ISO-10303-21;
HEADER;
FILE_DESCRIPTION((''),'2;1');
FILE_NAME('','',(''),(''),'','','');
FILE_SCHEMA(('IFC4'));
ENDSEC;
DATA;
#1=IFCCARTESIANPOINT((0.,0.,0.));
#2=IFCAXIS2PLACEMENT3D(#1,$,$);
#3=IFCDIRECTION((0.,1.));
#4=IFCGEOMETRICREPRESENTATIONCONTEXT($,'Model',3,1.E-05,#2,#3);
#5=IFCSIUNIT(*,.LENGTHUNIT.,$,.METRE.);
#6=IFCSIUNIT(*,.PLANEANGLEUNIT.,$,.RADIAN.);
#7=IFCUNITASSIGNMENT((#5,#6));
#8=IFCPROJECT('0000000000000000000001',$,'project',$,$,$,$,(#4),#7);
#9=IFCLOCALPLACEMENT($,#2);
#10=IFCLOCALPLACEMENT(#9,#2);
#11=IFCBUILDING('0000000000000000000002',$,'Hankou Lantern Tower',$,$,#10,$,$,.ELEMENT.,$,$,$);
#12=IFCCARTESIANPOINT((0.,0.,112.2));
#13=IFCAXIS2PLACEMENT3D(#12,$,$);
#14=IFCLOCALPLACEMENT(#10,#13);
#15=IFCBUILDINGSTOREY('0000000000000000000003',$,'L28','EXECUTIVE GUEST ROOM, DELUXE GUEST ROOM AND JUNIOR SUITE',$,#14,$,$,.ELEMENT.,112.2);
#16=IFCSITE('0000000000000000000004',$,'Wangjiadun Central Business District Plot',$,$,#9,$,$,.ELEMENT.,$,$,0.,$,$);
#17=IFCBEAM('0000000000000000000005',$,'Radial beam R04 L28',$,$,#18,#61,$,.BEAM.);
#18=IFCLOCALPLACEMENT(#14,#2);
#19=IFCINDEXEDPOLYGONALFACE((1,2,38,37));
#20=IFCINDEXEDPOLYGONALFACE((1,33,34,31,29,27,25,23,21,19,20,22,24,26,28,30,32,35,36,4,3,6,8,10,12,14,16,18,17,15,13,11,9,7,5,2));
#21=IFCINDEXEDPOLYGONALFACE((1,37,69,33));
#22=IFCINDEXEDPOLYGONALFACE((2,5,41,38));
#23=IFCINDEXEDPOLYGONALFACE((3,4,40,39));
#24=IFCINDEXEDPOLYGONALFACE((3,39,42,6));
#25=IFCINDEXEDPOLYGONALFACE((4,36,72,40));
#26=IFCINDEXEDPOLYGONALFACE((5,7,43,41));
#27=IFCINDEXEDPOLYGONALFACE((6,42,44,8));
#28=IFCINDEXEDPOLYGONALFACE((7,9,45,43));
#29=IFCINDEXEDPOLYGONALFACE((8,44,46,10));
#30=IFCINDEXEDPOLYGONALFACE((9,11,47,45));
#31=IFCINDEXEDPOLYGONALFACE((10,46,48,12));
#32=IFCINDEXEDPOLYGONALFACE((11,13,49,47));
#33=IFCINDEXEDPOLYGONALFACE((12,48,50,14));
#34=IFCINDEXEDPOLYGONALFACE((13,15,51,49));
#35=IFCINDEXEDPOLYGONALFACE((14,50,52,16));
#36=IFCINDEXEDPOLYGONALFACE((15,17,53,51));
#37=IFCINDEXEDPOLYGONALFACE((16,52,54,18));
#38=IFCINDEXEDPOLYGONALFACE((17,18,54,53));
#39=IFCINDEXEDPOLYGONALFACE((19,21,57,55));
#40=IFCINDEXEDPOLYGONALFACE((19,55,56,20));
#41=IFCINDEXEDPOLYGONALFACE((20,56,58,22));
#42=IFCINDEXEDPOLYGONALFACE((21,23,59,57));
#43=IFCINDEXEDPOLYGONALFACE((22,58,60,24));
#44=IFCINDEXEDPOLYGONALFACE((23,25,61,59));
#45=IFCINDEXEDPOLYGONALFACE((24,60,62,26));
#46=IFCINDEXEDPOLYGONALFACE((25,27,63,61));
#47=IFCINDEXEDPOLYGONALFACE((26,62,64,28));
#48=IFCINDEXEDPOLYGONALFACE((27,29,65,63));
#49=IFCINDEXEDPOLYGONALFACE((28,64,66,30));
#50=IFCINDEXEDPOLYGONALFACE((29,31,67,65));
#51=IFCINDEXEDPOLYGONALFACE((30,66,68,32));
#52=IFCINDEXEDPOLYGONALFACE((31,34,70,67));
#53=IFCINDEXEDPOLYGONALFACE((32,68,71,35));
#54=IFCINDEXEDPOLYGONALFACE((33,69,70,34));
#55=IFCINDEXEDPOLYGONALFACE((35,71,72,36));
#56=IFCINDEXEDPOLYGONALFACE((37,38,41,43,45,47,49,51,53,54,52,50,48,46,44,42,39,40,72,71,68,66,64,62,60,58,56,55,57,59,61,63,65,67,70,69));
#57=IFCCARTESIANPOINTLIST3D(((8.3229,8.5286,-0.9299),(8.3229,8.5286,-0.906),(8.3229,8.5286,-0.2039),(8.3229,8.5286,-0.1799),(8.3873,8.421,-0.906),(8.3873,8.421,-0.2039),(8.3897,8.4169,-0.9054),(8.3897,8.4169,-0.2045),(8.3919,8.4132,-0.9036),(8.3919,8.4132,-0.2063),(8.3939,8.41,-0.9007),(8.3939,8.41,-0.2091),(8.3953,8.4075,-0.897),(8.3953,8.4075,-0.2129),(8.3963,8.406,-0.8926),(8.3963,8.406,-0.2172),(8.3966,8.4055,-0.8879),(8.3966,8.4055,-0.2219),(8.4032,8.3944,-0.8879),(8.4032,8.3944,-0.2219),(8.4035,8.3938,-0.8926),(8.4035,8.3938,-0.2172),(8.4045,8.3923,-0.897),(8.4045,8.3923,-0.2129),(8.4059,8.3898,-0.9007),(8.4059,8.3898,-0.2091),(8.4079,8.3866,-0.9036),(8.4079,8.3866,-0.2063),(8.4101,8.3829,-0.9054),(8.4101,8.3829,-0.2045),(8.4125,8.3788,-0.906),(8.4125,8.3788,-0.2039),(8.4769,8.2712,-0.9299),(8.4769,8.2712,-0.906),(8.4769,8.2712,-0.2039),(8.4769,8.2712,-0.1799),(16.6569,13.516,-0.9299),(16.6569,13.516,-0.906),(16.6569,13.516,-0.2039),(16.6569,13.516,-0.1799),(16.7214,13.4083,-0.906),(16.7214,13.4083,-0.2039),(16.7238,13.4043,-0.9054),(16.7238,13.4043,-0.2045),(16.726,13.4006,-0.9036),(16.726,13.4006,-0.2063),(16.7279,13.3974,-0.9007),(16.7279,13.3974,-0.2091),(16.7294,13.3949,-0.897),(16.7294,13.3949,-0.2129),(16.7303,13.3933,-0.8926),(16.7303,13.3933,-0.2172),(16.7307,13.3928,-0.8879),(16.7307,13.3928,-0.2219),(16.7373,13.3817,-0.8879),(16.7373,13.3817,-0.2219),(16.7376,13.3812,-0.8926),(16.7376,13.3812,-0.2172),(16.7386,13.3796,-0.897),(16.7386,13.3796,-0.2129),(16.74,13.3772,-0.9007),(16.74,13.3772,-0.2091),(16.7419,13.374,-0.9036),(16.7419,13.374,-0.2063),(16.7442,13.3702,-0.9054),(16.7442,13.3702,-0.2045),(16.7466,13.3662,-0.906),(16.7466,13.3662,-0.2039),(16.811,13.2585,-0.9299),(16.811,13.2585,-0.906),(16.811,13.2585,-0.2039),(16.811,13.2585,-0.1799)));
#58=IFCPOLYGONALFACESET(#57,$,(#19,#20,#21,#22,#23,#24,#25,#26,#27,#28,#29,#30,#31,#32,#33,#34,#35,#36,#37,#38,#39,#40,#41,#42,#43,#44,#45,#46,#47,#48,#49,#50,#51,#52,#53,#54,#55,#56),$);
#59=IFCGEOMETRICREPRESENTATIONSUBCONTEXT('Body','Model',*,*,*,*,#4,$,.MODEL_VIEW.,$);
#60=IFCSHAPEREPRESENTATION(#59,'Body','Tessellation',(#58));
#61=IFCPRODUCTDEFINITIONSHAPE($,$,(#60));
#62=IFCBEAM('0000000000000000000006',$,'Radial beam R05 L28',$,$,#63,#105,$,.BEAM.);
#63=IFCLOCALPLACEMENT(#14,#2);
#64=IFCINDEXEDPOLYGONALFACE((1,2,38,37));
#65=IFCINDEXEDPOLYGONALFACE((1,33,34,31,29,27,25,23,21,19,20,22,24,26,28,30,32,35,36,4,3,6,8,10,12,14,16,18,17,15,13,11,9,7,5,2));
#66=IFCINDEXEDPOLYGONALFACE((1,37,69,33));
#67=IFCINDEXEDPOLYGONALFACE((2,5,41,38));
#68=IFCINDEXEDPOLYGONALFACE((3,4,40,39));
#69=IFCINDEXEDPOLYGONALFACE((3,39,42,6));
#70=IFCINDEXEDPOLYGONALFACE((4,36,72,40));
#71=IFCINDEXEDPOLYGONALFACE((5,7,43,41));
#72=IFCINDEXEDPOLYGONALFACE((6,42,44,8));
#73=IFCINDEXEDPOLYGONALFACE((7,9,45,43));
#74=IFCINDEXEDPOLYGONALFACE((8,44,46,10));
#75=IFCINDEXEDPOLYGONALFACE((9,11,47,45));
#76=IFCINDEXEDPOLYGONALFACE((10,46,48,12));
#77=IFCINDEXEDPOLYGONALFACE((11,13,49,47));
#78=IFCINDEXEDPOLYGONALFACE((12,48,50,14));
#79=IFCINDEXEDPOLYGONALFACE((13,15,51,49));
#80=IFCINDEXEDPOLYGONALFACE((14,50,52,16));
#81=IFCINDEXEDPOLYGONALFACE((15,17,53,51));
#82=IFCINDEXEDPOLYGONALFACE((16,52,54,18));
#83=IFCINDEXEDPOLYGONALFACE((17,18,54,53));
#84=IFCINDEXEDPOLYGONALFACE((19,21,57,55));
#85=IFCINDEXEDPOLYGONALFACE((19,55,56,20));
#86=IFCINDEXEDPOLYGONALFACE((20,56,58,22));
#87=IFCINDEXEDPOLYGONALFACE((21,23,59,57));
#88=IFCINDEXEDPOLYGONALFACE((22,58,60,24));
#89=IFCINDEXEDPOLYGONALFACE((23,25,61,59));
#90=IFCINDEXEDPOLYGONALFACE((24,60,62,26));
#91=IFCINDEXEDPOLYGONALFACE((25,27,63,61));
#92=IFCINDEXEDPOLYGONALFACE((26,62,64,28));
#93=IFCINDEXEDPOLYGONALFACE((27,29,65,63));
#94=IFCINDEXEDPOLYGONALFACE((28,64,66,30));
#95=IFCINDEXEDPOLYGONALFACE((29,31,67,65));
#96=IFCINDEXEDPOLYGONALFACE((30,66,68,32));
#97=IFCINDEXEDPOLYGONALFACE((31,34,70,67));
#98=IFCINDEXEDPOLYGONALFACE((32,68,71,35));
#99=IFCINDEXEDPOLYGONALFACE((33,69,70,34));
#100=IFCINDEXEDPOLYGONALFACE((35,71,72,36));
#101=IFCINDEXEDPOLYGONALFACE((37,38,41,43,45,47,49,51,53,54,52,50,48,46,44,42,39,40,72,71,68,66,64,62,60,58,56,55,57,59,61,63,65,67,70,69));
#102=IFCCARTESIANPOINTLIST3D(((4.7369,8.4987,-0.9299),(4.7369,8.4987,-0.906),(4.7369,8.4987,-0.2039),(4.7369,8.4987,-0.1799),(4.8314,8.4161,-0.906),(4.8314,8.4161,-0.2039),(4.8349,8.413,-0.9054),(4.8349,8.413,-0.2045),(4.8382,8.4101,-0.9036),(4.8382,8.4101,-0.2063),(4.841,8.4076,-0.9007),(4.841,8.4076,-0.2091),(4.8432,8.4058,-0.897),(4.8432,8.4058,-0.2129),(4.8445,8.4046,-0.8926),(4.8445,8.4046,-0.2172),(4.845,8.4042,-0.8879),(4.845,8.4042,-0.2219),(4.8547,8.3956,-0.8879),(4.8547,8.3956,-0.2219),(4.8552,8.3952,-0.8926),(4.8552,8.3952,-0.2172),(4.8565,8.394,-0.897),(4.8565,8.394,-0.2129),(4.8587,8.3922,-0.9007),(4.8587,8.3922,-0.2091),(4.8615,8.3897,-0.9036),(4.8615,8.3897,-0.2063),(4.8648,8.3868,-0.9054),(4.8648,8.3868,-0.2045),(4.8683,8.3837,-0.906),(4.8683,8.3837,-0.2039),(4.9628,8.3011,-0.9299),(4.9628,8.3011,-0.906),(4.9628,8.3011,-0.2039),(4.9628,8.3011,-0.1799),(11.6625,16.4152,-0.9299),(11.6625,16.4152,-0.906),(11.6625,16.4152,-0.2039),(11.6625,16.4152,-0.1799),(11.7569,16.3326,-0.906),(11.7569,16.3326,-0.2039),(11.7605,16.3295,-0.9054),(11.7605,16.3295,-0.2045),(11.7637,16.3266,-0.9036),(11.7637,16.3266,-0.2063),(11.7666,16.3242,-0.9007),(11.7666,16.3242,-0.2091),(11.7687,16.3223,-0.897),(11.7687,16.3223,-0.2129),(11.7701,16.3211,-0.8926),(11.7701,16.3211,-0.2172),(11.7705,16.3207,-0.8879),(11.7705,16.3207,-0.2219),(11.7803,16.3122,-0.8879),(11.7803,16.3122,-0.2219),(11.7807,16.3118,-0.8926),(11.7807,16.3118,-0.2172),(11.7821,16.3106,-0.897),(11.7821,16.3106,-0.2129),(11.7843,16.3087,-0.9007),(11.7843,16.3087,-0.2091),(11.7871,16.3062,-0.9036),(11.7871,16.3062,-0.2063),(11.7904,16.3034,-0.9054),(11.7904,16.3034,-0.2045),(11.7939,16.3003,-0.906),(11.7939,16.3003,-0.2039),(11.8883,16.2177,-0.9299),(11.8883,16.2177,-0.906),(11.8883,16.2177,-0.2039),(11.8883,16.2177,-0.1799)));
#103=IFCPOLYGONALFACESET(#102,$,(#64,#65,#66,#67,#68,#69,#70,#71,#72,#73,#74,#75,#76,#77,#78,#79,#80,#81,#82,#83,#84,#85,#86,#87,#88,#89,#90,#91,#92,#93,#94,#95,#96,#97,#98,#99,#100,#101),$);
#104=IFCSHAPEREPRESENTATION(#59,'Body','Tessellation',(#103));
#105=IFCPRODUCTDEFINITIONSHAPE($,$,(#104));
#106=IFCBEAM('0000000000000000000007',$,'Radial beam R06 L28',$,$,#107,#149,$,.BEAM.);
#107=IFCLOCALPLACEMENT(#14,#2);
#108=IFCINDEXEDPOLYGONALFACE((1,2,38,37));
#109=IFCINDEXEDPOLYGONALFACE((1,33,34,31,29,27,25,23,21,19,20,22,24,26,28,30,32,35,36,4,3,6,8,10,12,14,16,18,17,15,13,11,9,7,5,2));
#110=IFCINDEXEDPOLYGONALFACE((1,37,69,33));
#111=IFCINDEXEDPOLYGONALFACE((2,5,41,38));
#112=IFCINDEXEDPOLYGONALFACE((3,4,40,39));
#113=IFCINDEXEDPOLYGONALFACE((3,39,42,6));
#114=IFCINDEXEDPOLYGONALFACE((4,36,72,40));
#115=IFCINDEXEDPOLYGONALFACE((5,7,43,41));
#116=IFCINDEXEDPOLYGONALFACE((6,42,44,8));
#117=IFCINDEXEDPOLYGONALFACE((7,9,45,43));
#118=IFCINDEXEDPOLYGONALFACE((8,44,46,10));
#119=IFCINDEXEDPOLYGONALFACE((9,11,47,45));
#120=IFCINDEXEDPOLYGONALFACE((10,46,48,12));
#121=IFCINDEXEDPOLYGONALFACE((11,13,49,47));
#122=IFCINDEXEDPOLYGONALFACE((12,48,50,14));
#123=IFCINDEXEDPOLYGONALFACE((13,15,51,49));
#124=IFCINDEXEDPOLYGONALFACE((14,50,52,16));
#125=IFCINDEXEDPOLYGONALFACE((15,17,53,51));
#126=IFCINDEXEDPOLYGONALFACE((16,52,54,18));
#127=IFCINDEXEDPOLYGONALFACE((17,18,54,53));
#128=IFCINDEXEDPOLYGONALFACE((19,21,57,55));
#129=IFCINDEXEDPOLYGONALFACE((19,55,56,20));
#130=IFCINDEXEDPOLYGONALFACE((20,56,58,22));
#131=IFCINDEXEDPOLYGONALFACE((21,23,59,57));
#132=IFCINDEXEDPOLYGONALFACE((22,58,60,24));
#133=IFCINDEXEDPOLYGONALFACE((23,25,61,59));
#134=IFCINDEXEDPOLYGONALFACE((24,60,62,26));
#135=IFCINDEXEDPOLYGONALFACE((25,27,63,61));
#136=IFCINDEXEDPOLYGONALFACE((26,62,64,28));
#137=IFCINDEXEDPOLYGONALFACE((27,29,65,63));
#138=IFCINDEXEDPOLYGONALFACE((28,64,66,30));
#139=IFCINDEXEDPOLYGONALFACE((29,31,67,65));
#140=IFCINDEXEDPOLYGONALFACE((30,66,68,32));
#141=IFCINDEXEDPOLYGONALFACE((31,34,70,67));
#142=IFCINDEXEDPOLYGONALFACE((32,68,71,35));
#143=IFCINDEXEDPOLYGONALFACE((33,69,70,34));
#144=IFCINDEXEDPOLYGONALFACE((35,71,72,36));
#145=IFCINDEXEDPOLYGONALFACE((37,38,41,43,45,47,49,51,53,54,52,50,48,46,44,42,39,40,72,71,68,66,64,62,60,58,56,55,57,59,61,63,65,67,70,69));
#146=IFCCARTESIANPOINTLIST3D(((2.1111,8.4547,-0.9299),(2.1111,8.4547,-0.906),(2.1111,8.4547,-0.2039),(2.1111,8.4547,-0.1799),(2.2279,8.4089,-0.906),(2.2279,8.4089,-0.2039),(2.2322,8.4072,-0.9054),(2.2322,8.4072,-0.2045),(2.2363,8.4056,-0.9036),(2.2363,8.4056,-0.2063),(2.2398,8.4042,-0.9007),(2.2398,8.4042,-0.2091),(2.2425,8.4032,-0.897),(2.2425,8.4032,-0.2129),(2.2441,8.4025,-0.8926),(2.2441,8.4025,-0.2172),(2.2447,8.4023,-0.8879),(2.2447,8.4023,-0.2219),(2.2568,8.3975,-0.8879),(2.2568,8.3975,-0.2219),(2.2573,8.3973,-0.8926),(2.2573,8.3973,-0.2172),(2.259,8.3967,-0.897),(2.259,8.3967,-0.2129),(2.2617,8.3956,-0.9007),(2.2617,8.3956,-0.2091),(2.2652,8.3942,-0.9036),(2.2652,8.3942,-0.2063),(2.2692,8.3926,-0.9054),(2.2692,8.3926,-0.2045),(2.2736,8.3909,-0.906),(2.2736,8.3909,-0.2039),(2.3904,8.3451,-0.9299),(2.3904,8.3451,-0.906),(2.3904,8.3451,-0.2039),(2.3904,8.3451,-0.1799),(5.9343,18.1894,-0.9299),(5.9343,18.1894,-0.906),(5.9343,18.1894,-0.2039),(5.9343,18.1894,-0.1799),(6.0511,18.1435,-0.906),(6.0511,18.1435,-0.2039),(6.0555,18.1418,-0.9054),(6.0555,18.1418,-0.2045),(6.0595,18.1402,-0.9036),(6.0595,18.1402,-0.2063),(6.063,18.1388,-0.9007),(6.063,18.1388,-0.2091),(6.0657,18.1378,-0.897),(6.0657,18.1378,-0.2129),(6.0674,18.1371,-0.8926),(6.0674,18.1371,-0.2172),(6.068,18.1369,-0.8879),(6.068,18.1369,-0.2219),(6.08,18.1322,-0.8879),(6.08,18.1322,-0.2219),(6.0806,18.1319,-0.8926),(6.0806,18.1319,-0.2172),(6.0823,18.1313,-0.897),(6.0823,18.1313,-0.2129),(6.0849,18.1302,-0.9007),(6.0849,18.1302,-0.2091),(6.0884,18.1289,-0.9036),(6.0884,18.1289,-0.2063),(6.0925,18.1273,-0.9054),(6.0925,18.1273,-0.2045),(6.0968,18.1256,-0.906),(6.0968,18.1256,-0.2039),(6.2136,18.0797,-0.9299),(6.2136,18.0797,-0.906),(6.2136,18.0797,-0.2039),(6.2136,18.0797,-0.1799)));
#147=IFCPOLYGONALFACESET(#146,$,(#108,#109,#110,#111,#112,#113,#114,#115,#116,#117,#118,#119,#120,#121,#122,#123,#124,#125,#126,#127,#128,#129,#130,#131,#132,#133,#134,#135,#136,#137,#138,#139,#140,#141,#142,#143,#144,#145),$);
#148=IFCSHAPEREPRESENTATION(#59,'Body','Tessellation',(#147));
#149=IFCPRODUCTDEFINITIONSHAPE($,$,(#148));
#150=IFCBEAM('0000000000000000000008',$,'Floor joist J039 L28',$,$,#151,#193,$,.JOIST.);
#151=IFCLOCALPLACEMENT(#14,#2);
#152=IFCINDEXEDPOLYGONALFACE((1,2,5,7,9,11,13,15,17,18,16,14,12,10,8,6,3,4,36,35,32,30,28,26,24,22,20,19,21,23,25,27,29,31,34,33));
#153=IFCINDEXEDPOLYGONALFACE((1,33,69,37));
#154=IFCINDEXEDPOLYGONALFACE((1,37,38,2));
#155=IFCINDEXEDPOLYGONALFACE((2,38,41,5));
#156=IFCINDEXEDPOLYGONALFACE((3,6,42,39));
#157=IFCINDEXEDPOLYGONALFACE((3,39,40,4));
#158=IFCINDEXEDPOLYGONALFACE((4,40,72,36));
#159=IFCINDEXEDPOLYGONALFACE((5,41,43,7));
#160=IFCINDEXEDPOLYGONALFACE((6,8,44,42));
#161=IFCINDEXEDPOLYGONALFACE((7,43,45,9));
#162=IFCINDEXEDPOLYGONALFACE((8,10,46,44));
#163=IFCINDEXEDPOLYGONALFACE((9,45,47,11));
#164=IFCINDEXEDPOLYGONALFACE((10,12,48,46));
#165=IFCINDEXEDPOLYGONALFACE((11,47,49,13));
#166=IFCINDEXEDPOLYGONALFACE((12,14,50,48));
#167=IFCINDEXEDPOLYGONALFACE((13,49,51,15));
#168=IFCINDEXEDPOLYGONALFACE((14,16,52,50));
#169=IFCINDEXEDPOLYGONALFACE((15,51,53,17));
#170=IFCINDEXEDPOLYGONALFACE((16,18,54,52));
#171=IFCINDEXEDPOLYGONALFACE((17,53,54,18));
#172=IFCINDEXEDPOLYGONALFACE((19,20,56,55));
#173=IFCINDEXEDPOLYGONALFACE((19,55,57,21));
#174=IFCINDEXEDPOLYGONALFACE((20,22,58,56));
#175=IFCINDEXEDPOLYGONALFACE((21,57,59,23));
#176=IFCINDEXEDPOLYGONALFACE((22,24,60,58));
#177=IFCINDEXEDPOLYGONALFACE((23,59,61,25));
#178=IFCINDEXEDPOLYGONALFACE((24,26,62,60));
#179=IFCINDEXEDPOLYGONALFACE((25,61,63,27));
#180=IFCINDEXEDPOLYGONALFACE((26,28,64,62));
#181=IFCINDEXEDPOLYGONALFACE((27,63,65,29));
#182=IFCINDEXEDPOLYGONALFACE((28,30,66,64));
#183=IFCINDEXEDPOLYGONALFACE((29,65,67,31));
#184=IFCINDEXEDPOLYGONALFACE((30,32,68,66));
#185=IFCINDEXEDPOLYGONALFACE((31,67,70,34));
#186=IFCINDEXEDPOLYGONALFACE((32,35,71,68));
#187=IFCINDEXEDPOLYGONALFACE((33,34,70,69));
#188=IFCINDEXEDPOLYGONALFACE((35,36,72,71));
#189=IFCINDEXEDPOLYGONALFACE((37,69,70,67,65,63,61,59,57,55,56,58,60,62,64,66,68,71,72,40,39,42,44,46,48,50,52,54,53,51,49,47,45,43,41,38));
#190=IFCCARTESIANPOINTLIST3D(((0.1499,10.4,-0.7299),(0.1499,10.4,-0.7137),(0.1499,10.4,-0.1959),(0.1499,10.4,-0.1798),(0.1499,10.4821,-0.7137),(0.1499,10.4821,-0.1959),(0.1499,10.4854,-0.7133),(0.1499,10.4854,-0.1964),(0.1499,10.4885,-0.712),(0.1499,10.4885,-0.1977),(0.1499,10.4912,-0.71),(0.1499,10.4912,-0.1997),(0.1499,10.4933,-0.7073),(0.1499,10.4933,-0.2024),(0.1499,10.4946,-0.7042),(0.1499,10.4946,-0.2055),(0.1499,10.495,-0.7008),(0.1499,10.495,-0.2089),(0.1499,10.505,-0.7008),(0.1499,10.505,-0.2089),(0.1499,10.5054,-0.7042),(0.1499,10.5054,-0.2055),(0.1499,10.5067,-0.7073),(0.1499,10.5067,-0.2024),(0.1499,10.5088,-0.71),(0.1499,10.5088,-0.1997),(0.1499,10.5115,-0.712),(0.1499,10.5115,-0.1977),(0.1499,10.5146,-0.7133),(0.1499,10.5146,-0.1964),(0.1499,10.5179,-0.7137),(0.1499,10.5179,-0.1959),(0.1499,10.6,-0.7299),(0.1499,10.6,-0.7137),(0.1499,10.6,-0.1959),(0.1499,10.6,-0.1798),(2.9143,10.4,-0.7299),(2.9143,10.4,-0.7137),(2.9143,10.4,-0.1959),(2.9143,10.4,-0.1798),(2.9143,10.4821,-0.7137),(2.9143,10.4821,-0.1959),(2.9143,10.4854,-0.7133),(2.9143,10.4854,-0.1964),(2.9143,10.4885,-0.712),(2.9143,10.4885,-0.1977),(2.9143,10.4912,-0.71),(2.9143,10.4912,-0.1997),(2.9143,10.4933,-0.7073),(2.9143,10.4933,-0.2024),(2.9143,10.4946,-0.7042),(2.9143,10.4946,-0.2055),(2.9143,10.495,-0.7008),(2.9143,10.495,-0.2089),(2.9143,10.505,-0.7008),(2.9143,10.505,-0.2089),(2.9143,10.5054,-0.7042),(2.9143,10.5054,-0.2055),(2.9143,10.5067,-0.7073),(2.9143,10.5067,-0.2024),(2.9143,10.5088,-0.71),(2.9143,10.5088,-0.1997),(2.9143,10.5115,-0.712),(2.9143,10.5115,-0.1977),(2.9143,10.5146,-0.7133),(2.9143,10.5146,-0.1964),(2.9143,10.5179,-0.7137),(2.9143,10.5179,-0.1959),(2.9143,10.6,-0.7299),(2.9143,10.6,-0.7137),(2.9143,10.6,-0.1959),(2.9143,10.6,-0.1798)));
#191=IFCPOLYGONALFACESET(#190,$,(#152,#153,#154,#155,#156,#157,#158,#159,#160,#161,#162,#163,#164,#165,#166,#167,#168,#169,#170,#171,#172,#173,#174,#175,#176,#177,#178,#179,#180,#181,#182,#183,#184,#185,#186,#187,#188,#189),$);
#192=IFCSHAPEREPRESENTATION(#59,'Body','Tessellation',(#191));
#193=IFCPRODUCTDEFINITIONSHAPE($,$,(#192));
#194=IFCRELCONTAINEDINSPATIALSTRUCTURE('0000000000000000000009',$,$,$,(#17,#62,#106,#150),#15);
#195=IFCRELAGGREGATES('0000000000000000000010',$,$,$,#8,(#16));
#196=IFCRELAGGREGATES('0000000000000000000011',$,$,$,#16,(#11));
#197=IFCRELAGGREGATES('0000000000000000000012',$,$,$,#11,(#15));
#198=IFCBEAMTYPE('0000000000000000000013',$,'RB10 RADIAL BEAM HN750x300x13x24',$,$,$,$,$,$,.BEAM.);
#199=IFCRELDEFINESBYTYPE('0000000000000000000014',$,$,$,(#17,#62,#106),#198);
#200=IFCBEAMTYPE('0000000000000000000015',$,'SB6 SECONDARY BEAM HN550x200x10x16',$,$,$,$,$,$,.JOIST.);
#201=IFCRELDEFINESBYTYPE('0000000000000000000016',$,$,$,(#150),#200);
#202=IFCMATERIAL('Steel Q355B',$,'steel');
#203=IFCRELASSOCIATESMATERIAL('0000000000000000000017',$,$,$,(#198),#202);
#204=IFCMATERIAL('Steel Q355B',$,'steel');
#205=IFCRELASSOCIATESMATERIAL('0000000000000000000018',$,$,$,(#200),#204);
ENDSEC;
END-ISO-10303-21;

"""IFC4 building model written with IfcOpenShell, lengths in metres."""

from ifc_helpers import new_model, si_unit, direction, frame, origin, origin_2d, place, context, subcontext, project, spatial, i_section, extrude, material, material_profile, profile_set, type_object, element, save


model = new_model("IFC4")

# Units and contexts
model_context = context("Model", 3, precision=1e-05, world=origin(), true_north=direction((0.0, 1.0)))
body_context = subcontext(model_context, "Body", "Model", "MODEL_VIEW")
ifc_project = project(units=[si_unit("LENGTHUNIT", "METRE"), si_unit("PLANEANGLEUNIT", "RADIAN")], contexts=[model_context])

# Site, building, storey
site_placement = place(None, origin())
site = spatial("IfcSite", under=ifc_project, at=site_placement, Name="Wangjiadun Central Business District Plot", CompositionType="ELEMENT", RefElevation=0.0)
building_placement = place(site_placement, origin())
building = spatial("IfcBuilding", under=site, at=building_placement, Name="Hankou Lantern Tower", CompositionType="ELEMENT")
storey_placement = place(building_placement, frame((0.0, 0.0, 112.2)))
storey = spatial("IfcBuildingStorey", under=building, at=storey_placement, Name="L28", Description="EXECUTIVE GUEST ROOM, DELUXE GUEST ROOM AND JUNIOR SUITE", CompositionType="ELEMENT", Elevation=112.2)

# Beams
ifc_material_1 = material(Name="Steel Q355B", Category="steel")
ifc_material_profile_1 = material_profile(ifc_material_1, i_section(OverallWidth=0.3, OverallDepth=0.75, WebThickness=0.0129, FlangeThickness=0.0239, FilletRadius=0.0181, at=origin_2d()), Name="HN750x300x13x24")
ifc_profile_set_1 = profile_set([ifc_material_profile_1], Name="Steel Q355B")
beam_type_1 = type_object("IfcBeamType", Name="RB10 RADIAL BEAM HN750x300x13x24", PredefinedType="BEAM", material=ifc_profile_set_1)
beam_1_placement = place(storey_placement, frame((8.3999, 8.3999, -0.5549), z_axis=(0.858087, 0.513505, 0.0), x_axis=(-0.513505, 0.858087, 0.0)))
element("IfcBeam", 1, at=beam_1_placement, inside=storey, type_object=beam_type_1, Name="Radial beam R04 L28", PredefinedType="BEAM", context=body_context, shape_type="SweptSolid", body=[
    extrude(i_section(OverallWidth=0.3, OverallDepth=0.75, WebThickness=0.0129, FlangeThickness=0.0239, FilletRadius=0.0181, at=origin_2d()), origin(), (0.0, 0.0, 1.0), 9.7124),
])
beam_2_placement = place(storey_placement, frame((4.8499, 8.3999, -0.5549), z_axis=(0.658429, 0.752643, 0.0), x_axis=(-0.752643, 0.658429, 0.0)))
element("IfcBeam", 2, at=beam_2_placement, inside=storey, type_object=beam_type_1, Name="Radial beam R05 L28", PredefinedType="BEAM", context=body_context, shape_type="SweptSolid", body=[
    extrude(i_section(OverallWidth=0.3, OverallDepth=0.75, WebThickness=0.0129, FlangeThickness=0.0239, FilletRadius=0.0181, at=origin_2d()), origin(), (0.0, 0.0, 1.0), 10.5183),
])
beam_3_placement = place(storey_placement, frame((2.2507, 8.3999, -0.5549), z_axis=(0.365564, 0.930786, 0.0), x_axis=(-0.930786, 0.365564, 0.0)))
element("IfcBeam", 3, at=beam_3_placement, inside=storey, type_object=beam_type_1, Name="Radial beam R06 L28", PredefinedType="BEAM", context=body_context, shape_type="SweptSolid", body=[
    extrude(i_section(OverallWidth=0.3, OverallDepth=0.75, WebThickness=0.0129, FlangeThickness=0.0239, FilletRadius=0.0181, at=origin_2d()), origin(), (0.0, 0.0, 1.0), 10.4585),
])
ifc_material_2 = material(Name="Steel Q355B", Category="steel")
ifc_material_profile_2 = material_profile(ifc_material_2, i_section(OverallWidth=0.2, OverallDepth=0.55, WebThickness=0.01, FlangeThickness=0.0161, FilletRadius=0.0129, at=origin_2d()), Name="HN550x200x10x16")
ifc_profile_set_2 = profile_set([ifc_material_profile_2], Name="Steel Q355B")
beam_type_2 = type_object("IfcBeamType", Name="SB6 SECONDARY BEAM HN550x200x10x16", PredefinedType="JOIST", material=ifc_profile_set_2)
beam_4_placement = place(storey_placement, frame((0.1499, 10.5, -0.4548), z_axis=(1.0, 0.0, 0.0), x_axis=(0.0, 1.0, 0.0)))
element("IfcBeam", 4, at=beam_4_placement, inside=storey, type_object=beam_type_2, Name="Floor joist J039 L28", PredefinedType="JOIST", context=body_context, shape_type="SweptSolid", body=[
    extrude(i_section(OverallWidth=0.2, OverallDepth=0.55, WebThickness=0.01, FlangeThickness=0.0161, FilletRadius=0.0129, at=origin_2d()), origin(), (0.0, 0.0, 1.0), 2.7644),
])

save(model, "model.ifc")
